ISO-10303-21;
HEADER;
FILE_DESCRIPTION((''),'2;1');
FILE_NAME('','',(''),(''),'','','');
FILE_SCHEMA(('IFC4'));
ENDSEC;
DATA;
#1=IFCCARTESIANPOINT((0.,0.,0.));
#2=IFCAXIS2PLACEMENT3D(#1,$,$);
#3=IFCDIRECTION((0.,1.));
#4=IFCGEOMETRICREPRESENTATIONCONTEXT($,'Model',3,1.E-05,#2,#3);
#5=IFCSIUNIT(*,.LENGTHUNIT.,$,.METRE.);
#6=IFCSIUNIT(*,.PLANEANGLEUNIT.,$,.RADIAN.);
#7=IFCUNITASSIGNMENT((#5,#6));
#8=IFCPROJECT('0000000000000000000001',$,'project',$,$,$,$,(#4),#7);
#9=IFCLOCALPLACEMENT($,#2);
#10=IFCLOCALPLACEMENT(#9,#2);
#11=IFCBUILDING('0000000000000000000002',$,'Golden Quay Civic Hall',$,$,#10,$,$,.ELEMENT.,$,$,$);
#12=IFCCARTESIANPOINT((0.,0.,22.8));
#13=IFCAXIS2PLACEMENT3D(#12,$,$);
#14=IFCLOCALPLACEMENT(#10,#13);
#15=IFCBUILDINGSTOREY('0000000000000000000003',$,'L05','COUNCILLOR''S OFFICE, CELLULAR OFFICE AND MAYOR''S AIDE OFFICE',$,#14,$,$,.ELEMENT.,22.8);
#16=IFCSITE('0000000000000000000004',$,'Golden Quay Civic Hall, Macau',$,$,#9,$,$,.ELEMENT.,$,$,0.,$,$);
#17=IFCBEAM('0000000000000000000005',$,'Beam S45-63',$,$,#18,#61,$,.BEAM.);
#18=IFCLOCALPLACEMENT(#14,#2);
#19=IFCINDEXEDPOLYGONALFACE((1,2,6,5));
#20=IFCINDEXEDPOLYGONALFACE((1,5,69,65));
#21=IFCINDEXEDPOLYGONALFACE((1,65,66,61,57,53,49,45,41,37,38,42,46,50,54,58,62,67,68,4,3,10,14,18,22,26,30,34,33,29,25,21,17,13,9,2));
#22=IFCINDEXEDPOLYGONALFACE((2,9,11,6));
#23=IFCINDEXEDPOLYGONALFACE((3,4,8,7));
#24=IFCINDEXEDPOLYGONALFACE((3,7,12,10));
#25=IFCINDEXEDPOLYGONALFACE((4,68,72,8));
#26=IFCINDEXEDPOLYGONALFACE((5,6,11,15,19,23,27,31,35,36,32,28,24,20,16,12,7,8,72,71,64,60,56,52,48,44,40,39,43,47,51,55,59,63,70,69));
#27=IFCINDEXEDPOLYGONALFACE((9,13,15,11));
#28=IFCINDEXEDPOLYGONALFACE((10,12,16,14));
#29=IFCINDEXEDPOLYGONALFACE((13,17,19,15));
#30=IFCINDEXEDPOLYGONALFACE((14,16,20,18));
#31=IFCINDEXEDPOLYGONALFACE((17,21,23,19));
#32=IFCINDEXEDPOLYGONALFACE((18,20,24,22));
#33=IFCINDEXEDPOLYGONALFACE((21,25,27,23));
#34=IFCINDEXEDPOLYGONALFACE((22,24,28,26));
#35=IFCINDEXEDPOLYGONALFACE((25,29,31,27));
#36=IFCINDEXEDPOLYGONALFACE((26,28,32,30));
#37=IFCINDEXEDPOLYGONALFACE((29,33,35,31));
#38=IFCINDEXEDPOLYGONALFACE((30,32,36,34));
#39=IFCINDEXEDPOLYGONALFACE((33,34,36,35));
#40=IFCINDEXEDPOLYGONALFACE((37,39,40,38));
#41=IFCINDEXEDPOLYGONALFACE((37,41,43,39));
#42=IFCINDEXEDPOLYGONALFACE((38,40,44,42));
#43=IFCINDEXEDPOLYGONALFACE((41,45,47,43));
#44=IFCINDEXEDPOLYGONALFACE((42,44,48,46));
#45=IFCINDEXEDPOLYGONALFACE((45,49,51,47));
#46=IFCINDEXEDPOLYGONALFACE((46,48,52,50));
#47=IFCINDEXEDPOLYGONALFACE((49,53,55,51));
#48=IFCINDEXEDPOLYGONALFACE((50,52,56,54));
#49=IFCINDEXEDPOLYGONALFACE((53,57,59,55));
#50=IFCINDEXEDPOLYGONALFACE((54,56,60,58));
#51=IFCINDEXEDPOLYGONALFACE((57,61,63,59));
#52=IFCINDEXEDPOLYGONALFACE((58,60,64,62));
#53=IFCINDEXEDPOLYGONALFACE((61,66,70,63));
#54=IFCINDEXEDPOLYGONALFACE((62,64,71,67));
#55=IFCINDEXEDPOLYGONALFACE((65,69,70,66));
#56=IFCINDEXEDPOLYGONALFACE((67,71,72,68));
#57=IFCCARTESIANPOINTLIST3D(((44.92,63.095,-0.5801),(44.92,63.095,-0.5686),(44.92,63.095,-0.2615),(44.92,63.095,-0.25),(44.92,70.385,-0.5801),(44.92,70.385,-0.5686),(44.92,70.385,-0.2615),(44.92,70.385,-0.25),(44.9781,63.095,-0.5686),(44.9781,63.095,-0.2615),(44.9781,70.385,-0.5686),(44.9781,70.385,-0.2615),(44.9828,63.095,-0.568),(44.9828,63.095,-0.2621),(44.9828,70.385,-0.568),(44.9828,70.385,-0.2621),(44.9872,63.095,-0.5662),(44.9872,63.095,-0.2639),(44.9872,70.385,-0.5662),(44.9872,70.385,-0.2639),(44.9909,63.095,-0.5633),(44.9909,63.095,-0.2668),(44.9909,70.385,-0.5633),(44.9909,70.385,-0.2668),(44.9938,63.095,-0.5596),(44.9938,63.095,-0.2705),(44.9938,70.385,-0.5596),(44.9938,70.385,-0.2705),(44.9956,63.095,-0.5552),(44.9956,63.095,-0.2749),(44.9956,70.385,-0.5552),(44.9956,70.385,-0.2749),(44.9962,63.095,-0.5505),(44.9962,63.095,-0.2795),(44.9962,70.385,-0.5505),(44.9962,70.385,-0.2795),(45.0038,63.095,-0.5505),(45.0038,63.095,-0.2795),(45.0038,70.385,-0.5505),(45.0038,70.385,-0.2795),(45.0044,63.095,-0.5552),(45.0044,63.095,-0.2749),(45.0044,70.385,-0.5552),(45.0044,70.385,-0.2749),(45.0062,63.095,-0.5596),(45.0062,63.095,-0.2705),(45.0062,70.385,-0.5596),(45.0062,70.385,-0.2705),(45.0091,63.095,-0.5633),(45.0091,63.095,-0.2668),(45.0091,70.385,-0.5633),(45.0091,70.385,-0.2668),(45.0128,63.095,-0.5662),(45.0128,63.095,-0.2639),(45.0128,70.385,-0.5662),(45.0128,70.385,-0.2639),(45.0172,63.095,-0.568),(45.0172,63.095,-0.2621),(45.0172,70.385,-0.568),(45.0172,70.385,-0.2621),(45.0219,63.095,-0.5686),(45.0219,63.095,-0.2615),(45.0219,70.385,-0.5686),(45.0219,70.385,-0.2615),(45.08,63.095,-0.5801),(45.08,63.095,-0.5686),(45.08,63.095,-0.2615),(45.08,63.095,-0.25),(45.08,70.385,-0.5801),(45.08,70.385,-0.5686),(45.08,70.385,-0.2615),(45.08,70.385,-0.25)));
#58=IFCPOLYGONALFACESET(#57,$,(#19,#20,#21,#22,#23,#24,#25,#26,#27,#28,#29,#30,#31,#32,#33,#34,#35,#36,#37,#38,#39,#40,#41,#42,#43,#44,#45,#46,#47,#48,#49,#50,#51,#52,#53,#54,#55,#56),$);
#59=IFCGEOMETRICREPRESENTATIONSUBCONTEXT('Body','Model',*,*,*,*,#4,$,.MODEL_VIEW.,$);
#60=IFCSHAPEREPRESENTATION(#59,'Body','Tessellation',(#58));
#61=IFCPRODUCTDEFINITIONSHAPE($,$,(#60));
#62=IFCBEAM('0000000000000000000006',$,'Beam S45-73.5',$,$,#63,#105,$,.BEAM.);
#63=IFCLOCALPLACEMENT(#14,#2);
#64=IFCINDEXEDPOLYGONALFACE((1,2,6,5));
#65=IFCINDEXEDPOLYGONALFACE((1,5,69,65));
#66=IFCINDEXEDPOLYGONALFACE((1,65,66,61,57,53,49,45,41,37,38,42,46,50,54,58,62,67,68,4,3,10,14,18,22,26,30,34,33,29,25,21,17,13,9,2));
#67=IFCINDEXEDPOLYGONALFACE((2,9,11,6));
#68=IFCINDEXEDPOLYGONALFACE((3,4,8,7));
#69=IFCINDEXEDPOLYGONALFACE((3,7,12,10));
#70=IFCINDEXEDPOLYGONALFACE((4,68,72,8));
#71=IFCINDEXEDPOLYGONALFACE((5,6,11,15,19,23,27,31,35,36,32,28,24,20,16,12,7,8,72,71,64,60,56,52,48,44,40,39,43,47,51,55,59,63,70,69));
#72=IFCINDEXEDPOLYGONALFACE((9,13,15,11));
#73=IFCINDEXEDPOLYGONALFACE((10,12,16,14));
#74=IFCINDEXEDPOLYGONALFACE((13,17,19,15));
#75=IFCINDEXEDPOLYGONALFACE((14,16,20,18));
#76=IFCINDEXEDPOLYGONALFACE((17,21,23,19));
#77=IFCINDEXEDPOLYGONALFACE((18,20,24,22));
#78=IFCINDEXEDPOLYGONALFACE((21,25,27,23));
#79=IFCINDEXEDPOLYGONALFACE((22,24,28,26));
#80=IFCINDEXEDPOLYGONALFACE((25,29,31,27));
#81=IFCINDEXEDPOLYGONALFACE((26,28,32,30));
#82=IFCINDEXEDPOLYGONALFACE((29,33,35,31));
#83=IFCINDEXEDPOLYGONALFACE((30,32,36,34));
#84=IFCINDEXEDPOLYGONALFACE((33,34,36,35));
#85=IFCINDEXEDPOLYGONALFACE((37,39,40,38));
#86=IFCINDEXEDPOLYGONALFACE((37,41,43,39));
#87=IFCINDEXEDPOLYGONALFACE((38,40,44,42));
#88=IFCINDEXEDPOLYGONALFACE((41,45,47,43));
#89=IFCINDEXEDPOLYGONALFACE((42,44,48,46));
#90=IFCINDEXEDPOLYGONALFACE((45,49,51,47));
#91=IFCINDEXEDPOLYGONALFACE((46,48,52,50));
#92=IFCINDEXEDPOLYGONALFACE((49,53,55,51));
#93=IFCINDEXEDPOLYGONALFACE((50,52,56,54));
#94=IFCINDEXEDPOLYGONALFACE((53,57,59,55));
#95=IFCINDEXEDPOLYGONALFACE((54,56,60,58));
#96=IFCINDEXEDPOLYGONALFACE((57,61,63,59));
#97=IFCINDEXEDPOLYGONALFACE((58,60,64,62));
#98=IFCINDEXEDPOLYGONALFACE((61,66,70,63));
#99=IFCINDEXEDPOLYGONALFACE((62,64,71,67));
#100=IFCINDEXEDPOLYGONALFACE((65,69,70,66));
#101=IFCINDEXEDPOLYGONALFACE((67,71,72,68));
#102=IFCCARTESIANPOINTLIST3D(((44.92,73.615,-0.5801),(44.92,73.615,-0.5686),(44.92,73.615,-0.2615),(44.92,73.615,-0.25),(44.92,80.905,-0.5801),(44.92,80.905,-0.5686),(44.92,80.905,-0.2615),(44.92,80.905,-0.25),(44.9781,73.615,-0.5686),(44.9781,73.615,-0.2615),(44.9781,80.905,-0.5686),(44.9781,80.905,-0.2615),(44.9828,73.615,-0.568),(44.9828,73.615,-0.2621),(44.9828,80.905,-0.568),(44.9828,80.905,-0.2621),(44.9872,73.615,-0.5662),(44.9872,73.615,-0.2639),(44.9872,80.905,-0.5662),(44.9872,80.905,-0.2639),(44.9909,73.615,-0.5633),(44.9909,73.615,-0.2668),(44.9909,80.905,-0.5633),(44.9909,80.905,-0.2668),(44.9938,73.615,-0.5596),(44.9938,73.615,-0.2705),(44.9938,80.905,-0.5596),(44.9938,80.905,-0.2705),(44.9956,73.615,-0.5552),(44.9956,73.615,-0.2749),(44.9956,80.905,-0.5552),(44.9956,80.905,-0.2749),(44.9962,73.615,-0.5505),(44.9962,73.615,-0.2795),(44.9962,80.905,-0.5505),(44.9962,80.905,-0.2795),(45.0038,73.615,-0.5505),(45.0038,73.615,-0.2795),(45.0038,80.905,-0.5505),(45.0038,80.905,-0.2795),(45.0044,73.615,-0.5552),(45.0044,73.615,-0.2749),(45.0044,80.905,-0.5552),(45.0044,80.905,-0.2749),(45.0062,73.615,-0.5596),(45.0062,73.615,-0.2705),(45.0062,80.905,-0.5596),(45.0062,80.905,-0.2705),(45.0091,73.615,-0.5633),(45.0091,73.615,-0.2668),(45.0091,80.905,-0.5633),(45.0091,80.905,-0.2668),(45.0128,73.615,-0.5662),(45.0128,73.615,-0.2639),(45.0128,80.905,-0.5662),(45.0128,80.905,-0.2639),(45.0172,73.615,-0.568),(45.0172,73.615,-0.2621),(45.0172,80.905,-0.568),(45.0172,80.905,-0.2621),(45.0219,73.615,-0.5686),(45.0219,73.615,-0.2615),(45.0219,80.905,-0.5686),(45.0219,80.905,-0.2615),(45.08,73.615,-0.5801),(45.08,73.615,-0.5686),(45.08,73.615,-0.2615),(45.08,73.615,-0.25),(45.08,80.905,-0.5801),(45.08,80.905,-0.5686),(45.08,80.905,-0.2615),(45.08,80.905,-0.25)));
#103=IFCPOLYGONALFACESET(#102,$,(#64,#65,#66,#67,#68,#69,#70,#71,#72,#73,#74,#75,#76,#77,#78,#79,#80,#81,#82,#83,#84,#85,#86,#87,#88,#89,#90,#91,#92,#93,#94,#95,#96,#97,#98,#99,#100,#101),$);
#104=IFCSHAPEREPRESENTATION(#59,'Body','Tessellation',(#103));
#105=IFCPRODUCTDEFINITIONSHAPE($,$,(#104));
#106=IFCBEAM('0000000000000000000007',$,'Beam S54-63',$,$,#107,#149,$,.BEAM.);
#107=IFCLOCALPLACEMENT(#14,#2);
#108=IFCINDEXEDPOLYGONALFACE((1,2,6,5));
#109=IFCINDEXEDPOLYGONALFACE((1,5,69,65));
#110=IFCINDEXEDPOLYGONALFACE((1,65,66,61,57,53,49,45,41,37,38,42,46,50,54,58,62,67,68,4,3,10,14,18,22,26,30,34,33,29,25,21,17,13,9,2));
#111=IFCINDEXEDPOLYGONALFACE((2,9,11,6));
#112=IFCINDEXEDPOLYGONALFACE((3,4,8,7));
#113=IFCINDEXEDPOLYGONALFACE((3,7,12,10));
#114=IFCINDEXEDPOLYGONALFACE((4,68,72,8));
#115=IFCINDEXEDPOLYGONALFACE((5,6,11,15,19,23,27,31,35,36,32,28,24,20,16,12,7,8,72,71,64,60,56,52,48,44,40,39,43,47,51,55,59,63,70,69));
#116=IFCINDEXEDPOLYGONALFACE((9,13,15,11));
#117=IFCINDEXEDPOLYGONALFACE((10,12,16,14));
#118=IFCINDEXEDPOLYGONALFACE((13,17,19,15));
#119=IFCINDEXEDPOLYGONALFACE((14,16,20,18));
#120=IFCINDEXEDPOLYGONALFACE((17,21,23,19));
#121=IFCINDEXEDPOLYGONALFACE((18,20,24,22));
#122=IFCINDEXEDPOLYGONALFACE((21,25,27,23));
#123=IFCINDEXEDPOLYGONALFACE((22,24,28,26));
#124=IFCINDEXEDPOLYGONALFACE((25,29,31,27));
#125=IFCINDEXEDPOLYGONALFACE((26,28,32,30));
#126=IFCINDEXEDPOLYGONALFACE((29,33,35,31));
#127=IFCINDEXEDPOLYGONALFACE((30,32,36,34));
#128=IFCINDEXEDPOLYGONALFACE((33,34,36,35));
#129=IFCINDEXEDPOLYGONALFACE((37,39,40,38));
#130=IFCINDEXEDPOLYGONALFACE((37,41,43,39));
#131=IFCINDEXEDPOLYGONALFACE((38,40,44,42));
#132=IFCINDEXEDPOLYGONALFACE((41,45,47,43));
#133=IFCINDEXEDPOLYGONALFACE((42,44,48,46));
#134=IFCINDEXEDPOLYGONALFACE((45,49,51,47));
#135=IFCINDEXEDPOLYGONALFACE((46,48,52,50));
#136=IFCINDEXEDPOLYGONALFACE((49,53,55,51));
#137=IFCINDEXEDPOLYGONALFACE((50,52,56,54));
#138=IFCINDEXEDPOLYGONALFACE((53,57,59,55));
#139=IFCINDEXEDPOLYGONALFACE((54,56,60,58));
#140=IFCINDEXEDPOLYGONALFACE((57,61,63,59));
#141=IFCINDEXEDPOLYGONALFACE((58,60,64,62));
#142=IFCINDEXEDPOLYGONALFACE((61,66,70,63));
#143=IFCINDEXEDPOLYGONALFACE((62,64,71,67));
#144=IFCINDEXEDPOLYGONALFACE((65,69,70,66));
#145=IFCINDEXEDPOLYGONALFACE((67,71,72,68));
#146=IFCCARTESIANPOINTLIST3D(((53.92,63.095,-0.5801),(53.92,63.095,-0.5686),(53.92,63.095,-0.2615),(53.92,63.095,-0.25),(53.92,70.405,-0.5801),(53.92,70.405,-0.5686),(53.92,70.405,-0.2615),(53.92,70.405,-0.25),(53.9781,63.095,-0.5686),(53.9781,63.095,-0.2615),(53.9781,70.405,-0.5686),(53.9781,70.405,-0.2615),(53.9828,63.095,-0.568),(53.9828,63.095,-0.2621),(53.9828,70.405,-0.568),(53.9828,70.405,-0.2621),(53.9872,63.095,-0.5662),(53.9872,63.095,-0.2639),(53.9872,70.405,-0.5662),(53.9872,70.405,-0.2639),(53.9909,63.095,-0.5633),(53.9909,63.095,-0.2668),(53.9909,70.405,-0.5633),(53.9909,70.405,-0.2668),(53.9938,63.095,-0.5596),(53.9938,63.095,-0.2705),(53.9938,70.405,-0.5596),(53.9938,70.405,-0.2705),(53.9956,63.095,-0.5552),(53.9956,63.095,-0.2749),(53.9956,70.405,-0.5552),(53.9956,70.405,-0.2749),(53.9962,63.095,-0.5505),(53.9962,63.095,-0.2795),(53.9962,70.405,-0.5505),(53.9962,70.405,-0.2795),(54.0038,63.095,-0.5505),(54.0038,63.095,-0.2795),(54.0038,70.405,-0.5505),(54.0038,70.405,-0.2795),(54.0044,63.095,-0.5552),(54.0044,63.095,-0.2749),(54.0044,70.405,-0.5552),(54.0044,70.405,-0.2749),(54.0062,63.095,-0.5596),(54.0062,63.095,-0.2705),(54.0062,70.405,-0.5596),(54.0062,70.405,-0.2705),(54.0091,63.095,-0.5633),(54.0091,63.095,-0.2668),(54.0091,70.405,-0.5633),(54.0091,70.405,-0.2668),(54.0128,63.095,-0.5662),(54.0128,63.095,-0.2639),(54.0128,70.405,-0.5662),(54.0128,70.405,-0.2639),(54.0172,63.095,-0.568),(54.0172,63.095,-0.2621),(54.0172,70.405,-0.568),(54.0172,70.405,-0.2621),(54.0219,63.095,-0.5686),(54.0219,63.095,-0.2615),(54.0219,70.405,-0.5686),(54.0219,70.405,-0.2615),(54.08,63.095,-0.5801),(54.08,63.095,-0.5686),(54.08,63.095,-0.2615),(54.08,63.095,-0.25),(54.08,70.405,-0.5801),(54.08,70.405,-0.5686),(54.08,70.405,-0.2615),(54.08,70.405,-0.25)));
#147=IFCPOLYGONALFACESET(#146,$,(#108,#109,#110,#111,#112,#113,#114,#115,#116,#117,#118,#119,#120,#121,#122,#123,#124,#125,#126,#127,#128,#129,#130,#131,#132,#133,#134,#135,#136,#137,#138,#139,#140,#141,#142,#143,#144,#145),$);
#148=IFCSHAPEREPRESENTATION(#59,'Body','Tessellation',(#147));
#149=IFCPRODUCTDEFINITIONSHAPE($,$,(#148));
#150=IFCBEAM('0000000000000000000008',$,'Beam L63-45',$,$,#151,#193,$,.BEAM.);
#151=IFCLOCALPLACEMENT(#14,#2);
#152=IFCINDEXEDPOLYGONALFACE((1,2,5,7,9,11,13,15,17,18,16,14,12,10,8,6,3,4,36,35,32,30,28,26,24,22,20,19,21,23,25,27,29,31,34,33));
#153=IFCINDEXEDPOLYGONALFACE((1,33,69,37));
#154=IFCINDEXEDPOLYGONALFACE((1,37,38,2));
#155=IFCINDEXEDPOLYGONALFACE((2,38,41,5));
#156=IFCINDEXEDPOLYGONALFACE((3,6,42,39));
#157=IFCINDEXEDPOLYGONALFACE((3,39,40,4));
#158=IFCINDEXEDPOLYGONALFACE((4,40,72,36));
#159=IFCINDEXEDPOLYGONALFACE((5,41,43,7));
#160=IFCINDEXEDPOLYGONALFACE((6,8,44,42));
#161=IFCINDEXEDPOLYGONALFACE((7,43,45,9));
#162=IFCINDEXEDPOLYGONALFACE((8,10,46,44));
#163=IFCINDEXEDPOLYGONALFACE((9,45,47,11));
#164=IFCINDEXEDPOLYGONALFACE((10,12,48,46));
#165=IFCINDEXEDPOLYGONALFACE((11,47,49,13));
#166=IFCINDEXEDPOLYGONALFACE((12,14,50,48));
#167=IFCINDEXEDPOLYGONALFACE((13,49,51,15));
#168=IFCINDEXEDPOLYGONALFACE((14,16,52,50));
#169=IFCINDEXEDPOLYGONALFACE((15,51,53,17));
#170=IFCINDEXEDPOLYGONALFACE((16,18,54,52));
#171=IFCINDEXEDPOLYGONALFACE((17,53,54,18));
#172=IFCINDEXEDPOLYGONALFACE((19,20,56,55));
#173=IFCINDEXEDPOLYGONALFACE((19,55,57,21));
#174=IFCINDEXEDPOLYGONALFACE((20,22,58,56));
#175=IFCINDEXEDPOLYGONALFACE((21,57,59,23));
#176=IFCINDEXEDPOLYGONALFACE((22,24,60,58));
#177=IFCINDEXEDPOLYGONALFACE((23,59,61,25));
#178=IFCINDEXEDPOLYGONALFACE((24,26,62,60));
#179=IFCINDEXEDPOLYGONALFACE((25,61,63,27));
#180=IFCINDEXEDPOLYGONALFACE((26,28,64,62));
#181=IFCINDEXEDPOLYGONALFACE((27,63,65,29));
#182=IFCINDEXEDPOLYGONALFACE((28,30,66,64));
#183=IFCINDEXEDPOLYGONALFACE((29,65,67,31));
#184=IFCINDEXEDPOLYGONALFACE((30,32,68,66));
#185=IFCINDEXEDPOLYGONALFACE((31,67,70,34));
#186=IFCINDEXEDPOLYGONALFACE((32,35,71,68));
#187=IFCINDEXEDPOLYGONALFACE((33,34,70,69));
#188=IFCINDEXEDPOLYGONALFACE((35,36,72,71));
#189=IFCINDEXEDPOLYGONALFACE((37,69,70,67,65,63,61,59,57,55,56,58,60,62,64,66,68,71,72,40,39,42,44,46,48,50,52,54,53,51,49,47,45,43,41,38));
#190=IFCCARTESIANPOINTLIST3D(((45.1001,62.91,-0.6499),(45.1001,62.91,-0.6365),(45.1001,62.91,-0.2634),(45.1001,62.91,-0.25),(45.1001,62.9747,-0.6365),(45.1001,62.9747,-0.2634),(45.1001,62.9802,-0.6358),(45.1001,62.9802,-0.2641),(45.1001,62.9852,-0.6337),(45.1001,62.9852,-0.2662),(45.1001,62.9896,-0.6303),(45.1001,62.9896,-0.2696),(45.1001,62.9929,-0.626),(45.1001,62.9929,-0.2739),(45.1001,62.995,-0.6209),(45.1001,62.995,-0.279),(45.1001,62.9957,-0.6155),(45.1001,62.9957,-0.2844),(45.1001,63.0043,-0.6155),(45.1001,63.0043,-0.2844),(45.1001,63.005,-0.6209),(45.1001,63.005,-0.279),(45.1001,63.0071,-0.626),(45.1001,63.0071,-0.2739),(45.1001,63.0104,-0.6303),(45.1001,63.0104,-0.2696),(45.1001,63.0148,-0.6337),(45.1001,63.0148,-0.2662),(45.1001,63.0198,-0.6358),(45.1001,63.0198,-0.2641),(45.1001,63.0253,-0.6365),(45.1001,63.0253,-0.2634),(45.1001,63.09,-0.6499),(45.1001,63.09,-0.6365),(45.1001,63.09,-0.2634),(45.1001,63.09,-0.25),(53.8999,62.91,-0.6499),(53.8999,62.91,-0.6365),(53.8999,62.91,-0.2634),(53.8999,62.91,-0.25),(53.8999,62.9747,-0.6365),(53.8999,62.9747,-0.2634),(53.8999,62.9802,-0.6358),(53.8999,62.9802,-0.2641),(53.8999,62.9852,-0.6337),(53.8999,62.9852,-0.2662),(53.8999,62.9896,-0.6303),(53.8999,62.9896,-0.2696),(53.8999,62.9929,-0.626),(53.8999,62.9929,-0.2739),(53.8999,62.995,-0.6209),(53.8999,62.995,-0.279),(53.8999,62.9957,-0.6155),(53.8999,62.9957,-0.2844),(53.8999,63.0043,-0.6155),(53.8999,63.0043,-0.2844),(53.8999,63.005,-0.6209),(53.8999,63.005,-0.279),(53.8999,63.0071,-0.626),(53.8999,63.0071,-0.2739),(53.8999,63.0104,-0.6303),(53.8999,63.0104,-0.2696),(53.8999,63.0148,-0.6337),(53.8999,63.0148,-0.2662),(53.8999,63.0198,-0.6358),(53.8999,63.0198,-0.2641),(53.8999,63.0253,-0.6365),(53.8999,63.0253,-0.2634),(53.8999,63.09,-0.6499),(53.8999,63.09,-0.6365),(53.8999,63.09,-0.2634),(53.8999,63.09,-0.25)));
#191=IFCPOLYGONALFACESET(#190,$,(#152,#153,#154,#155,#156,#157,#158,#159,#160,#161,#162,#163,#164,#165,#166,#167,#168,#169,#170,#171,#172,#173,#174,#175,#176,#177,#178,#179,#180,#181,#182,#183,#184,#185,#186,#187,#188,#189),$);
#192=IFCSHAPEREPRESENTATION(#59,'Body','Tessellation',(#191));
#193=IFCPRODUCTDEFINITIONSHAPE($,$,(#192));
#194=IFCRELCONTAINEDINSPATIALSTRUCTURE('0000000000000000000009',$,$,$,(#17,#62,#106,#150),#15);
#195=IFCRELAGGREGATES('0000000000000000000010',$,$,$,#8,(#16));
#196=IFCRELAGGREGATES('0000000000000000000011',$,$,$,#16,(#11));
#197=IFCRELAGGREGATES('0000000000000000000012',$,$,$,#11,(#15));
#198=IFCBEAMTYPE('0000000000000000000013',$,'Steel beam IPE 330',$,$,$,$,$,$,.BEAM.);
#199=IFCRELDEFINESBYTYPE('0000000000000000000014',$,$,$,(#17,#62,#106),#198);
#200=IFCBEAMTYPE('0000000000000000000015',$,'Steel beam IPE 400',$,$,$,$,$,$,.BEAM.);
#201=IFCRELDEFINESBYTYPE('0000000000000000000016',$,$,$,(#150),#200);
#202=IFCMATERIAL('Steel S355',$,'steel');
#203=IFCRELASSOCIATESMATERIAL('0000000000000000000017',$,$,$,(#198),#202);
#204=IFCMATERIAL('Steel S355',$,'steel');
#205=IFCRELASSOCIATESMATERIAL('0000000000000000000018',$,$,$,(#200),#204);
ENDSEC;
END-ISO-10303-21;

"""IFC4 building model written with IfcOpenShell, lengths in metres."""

from ifc_helpers import new_model, si_unit, direction, frame, origin, origin_2d, place, context, subcontext, project, spatial, i_section, extrude, material, material_profile, profile_set, type_object, element, save


model = new_model("IFC4")

# Units and contexts
model_context = context("Model", 3, precision=1e-05, world=origin(), true_north=direction((0.0, 1.0)))
body_context = subcontext(model_context, "Body", "Model", "MODEL_VIEW")
ifc_project = project(units=[si_unit("LENGTHUNIT", "METRE"), si_unit("PLANEANGLEUNIT", "RADIAN")], contexts=[model_context])

# Site, building, storey
site_placement = place(None, origin())
site = spatial("IfcSite", under=ifc_project, at=site_placement, Name="Golden Quay Civic Hall, Macau", CompositionType="ELEMENT", RefElevation=0.0)
building_placement = place(site_placement, origin())
building = spatial("IfcBuilding", under=site, at=building_placement, Name="Golden Quay Civic Hall", CompositionType="ELEMENT")
storey_placement = place(building_placement, frame((0.0, 0.0, 22.8)))
storey = spatial("IfcBuildingStorey", under=building, at=storey_placement, Name="L05", Description="COUNCILLOR'S OFFICE, CELLULAR OFFICE AND MAYOR'S AIDE OFFICE", CompositionType="ELEMENT", Elevation=22.8)

# Beams
ifc_material_1 = material(Name="Steel S355", Category="steel")
ifc_material_profile_1 = material_profile(ifc_material_1, i_section(OverallWidth=0.1599, OverallDepth=0.3301, WebThickness=0.0076, FlangeThickness=0.0115, FilletRadius=0.0181, at=origin_2d()), Name="IPE 330")
ifc_profile_set_1 = profile_set([ifc_material_profile_1], Name="Steel S355")
beam_type_1 = type_object("IfcBeamType", Name="Steel beam IPE 330", PredefinedType="BEAM", material=ifc_profile_set_1)
for number, where, z_axis, x_axis, name in (
    (1, (45.0, 63.095, -0.415), (0.0, 1.0, 0.0), (-1.0, 0.0, 0.0), "Beam S45-63"),
    (2, (45.0, 73.615, -0.415), (0.0, 1.0, 0.0), (-1.0, 0.0, 0.0), "Beam S45-73.5"),
):
    element("IfcBeam", number, at=place(storey_placement, frame(where, z_axis=z_axis, x_axis=x_axis)), inside=storey, type_object=beam_type_1, Name=name, PredefinedType="BEAM", context=body_context, shape_type="SweptSolid", body=[
        extrude(i_section(OverallWidth=0.1599, OverallDepth=0.3301, WebThickness=0.0076, FlangeThickness=0.0115, FilletRadius=0.0181, at=origin_2d()), origin(), (0.0, 0.0, 1.0), 7.29),
    ])
beam_1_placement = place(storey_placement, frame((54.0, 63.095, -0.415), z_axis=(0.0, 1.0, 0.0), x_axis=(-1.0, 0.0, 0.0)))
element("IfcBeam", 3, at=beam_1_placement, inside=storey, type_object=beam_type_1, Name="Beam S54-63", PredefinedType="BEAM", context=body_context, shape_type="SweptSolid", body=[
    extrude(i_section(OverallWidth=0.1599, OverallDepth=0.3301, WebThickness=0.0076, FlangeThickness=0.0115, FilletRadius=0.0181, at=origin_2d()), origin(), (0.0, 0.0, 1.0), 7.3101),
])
ifc_material_2 = material(Name="Steel S355", Category="steel")
ifc_material_profile_2 = material_profile(ifc_material_2, i_section(OverallWidth=0.1799, OverallDepth=0.3999, WebThickness=0.0085, FlangeThickness=0.0134, FilletRadius=0.021, at=origin_2d()), Name="IPE 400")
ifc_profile_set_2 = profile_set([ifc_material_profile_2], Name="Steel S355")
beam_type_2 = type_object("IfcBeamType", Name="Steel beam IPE 400", PredefinedType="BEAM", material=ifc_profile_set_2)
for number, where, z_axis, x_axis, name in (
    (4, (45.1001, 63.0, -0.45), (1.0, 0.0, 0.0), (0.0, 1.0, 0.0), "Beam L63-45"),
):
    element("IfcBeam", number, at=place(storey_placement, frame(where, z_axis=z_axis, x_axis=x_axis)), inside=storey, type_object=beam_type_2, Name=name, PredefinedType="BEAM", context=body_context, shape_type="SweptSolid", body=[
        extrude(i_section(OverallWidth=0.1799, OverallDepth=0.3999, WebThickness=0.0085, FlangeThickness=0.0134, FilletRadius=0.021, at=origin_2d()), origin(), (0.0, 0.0, 1.0), 8.7998),
    ])

save(model, "model.ifc")
